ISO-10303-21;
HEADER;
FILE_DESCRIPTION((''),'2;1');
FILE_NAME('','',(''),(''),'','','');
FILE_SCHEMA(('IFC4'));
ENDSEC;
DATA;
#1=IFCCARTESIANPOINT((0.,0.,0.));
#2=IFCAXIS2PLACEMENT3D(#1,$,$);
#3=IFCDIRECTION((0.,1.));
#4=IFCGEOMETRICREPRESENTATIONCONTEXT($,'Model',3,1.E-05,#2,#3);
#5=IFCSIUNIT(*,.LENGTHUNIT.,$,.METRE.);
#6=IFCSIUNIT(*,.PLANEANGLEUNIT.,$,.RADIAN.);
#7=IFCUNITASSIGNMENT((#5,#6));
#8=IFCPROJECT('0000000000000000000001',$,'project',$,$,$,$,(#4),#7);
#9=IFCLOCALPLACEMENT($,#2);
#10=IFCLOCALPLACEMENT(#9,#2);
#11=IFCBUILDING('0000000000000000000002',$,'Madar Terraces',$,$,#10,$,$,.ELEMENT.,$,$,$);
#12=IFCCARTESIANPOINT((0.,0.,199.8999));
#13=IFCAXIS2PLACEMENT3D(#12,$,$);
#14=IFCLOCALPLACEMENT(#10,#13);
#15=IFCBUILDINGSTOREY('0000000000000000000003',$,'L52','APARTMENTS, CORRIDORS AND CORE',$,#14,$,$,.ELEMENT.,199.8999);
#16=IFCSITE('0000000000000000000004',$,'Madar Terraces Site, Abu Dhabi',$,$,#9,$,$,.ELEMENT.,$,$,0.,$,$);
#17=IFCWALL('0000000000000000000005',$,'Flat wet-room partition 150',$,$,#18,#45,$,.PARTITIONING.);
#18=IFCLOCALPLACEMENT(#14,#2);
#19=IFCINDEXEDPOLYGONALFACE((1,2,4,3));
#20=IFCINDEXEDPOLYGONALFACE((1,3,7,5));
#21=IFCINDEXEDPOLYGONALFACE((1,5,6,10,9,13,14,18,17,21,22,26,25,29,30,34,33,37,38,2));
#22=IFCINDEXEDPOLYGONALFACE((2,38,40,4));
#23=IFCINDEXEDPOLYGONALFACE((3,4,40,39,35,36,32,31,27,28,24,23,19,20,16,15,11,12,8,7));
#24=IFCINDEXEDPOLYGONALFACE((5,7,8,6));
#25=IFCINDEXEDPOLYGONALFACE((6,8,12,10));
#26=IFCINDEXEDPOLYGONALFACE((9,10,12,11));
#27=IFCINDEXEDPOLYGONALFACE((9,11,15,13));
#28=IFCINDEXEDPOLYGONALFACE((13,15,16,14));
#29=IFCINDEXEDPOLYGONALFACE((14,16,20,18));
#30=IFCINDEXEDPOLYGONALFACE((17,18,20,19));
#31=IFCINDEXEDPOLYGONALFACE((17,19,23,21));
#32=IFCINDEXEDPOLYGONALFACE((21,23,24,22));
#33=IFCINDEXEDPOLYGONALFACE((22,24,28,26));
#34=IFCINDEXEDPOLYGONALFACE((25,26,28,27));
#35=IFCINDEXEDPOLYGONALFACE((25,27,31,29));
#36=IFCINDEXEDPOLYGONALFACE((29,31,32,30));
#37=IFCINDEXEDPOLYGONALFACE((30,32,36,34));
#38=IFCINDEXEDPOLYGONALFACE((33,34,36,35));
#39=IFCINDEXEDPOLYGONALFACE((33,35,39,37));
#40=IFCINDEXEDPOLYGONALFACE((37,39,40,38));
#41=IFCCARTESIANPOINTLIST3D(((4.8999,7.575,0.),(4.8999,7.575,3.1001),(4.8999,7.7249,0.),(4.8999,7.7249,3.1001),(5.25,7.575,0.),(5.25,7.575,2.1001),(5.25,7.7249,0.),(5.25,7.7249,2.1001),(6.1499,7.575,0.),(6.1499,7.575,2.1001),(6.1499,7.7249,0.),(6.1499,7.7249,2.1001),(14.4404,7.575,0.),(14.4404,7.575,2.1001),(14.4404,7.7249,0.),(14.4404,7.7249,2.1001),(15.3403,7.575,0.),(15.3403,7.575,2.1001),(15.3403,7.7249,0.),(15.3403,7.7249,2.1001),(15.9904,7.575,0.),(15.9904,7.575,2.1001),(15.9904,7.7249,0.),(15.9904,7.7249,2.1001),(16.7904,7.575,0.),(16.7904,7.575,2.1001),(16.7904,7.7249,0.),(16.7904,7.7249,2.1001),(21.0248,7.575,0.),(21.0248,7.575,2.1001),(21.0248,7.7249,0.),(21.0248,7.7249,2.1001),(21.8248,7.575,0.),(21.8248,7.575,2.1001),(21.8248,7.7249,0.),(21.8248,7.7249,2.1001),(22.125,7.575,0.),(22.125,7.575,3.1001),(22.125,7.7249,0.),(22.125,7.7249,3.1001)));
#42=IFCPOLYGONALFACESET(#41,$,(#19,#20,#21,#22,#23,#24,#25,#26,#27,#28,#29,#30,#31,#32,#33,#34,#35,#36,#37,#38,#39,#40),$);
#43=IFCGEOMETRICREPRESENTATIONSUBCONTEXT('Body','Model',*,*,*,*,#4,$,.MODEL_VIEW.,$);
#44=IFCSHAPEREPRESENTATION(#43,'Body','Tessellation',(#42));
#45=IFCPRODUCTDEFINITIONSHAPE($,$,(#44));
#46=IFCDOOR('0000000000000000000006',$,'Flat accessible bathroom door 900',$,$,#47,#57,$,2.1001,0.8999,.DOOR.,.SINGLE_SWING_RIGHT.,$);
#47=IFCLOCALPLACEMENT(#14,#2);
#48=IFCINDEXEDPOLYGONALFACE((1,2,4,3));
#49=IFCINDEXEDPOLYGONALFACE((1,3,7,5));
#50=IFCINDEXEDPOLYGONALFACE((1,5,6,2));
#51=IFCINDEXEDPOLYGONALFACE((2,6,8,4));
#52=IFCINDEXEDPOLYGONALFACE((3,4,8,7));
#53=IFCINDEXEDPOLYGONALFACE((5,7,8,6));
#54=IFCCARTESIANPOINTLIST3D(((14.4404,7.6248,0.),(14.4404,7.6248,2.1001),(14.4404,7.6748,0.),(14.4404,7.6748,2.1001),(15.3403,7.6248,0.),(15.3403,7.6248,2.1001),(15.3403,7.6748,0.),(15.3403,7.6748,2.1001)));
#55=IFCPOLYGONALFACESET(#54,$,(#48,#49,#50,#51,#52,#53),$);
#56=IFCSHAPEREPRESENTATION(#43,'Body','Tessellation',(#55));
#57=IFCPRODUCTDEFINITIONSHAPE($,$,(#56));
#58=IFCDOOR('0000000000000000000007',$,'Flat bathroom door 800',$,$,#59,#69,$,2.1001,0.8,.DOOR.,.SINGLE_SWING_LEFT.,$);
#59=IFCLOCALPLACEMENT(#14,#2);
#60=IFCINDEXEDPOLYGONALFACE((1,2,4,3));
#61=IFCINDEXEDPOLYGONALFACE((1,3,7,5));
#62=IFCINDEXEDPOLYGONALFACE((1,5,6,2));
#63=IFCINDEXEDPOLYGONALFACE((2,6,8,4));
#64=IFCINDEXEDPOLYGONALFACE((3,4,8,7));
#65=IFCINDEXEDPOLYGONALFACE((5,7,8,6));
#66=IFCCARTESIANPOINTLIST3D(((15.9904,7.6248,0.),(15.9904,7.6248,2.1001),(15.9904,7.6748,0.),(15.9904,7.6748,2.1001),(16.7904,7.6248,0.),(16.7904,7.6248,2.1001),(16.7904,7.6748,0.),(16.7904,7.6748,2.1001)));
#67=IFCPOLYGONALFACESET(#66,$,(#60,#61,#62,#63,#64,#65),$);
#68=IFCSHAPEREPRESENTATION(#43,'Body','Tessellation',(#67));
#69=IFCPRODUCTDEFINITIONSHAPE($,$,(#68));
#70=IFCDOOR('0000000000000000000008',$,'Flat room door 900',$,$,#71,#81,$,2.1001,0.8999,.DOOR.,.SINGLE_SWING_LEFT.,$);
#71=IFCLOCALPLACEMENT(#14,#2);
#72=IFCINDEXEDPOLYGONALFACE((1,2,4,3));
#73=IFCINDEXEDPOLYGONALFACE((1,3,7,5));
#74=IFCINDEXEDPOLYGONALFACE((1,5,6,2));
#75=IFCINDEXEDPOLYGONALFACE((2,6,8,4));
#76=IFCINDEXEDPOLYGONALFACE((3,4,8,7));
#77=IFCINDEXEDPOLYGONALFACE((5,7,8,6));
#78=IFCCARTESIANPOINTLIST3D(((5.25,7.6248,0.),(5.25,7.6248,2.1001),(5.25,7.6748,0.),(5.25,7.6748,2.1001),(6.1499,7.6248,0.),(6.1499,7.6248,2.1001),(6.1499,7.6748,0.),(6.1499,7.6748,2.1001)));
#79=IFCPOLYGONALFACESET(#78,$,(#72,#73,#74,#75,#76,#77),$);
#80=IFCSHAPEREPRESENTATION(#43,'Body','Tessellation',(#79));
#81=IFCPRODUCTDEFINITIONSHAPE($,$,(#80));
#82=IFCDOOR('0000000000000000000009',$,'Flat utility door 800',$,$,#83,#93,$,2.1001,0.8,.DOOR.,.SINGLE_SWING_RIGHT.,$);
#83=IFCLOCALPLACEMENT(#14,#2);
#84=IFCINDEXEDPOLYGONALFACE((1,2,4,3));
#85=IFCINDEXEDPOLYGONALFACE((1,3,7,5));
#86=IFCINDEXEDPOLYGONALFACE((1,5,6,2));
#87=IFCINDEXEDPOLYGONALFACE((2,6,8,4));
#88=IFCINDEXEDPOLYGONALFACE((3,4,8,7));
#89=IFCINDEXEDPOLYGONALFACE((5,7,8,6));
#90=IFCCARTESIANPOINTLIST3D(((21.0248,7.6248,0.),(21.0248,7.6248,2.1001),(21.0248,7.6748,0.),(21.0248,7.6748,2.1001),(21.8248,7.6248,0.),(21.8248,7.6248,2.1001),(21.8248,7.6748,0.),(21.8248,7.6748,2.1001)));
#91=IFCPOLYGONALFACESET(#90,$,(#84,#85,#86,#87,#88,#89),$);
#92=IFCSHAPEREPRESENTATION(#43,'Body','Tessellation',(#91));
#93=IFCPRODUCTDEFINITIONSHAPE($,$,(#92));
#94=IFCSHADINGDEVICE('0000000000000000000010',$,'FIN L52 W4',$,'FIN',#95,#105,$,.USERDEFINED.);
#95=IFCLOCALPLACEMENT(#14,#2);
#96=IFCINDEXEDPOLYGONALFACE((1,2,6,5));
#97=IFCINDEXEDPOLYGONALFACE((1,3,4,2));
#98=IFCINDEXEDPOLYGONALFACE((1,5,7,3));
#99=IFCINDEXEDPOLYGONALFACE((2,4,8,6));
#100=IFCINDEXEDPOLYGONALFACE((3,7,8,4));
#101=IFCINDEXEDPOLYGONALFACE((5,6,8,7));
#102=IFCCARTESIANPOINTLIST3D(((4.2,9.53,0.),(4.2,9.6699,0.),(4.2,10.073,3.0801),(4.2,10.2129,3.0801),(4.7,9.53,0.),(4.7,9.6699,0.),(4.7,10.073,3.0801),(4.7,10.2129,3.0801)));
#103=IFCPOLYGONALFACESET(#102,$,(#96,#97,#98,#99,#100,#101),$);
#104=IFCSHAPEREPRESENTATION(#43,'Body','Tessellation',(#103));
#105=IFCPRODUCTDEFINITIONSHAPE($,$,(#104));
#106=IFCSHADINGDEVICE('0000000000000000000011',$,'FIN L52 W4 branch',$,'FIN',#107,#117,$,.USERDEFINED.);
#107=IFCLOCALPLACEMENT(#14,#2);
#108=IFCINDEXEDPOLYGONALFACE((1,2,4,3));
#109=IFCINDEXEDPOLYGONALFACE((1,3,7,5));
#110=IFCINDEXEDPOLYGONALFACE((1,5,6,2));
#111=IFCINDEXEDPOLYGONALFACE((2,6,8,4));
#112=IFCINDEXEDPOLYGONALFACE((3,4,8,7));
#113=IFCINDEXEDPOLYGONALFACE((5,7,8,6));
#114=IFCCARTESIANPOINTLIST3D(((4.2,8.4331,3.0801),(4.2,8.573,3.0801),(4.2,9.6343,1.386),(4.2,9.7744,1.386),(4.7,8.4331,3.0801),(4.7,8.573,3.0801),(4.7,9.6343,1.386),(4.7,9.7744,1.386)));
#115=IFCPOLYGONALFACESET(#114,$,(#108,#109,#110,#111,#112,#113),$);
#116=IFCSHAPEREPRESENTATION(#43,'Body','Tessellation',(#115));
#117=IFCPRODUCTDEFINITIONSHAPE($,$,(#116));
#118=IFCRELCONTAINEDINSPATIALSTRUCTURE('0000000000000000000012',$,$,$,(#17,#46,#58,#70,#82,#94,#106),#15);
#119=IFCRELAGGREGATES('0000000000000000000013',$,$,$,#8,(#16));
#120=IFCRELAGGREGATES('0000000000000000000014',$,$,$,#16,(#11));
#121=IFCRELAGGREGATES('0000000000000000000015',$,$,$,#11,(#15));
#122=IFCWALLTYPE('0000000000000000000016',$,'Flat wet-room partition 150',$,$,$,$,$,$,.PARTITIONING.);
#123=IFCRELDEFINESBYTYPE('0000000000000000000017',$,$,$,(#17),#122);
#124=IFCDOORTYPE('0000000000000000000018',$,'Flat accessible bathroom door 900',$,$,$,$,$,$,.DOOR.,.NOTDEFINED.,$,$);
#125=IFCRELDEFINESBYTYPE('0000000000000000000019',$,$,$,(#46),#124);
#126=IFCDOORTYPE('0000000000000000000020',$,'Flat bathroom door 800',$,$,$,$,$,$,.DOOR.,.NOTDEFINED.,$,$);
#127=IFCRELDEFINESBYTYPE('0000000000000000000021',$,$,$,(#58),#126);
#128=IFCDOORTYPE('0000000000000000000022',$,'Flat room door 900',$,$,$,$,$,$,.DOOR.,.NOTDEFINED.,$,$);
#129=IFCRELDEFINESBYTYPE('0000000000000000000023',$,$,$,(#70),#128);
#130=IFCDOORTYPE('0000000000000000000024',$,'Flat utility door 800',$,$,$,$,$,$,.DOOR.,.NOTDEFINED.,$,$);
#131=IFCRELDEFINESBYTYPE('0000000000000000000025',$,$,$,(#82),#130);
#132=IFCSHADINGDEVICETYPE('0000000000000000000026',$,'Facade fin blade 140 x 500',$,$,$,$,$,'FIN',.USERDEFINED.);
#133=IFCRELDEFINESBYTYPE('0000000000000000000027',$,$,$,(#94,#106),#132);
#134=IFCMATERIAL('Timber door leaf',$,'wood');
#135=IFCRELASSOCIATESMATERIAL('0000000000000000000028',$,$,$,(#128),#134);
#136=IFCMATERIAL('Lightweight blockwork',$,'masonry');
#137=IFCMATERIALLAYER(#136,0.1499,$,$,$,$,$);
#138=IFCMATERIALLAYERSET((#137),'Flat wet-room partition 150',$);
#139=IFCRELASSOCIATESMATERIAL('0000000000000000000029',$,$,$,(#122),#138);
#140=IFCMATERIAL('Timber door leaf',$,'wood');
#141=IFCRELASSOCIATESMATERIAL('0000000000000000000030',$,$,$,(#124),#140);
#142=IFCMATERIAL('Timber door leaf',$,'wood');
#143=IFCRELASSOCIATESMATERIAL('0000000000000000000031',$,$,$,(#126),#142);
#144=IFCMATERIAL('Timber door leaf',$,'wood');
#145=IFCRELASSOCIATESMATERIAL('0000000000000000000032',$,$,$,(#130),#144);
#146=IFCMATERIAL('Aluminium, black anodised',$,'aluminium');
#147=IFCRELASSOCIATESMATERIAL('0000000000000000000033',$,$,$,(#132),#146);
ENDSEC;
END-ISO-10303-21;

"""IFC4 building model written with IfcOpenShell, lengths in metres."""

from ifc_helpers import new_model, si_unit, direction, frame, frame_2d, origin, place, context, subcontext, project, spatial, polyline, rectangle, outline, extrude, material, layer, layer_set, type_object, element, fill, save


model = new_model("IFC4")

# Units and contexts
model_context = context("Model", 3, precision=1e-05, world=origin(), true_north=direction((0.0, 1.0)))
body_context = subcontext(model_context, "Body", "Model", "MODEL_VIEW")
ifc_project = project(units=[si_unit("LENGTHUNIT", "METRE"), si_unit("PLANEANGLEUNIT", "RADIAN")], contexts=[model_context])

# Site, building, storey
site_placement = place(None, origin())
site = spatial("IfcSite", under=ifc_project, at=site_placement, Name="Madar Terraces Site, Abu Dhabi", CompositionType="ELEMENT", RefElevation=0.0)
building_placement = place(site_placement, origin())
building = spatial("IfcBuilding", under=site, at=building_placement, Name="Madar Terraces", CompositionType="ELEMENT")
storey_placement = place(building_placement, frame((0.0, 0.0, 199.8999)))
storey = spatial("IfcBuildingStorey", under=building, at=storey_placement, Name="L52", Description="APARTMENTS, CORRIDORS AND CORE", CompositionType="ELEMENT", Elevation=199.8999)

# Shared definitions
ifc_material_1 = material(Name="Timber door leaf", Category="wood")
door_type_1 = type_object("IfcDoorType", Name="Flat room door 900", OperationType="NOTDEFINED", PredefinedType="DOOR", material=ifc_material_1)

# Shared definitions
ifc_material_2 = material(Name="Lightweight blockwork", Category="masonry")
ifc_layer_1 = layer(ifc_material_2, 0.1499)
ifc_layer_set_1 = layer_set([ifc_layer_1], Name="Flat wet-room partition 150")
wall_type_1 = type_object("IfcWallType", Name="Flat wet-room partition 150", PredefinedType="PARTITIONING", material=ifc_layer_set_1)

# Wall, openings, doors
wall_1_placement = place(storey_placement, frame((4.8999, 7.6499, 0.0), z_axis=(0.0, 0.0, 1.0), x_axis=(1.0, 0.0, 0.0)))
wall_1 = element("IfcWall", 1, at=wall_1_placement, inside=storey, type_object=wall_type_1, Name="Flat wet-room partition 150", PredefinedType="PARTITIONING", context=body_context, shape_type="SweptSolid", body=[
    extrude(rectangle(XDim=17.2251, YDim=0.1499, at=frame_2d((8.6125, 0.0))), origin(), (0.0, 0.0, 1.0), 3.1001),
])
opening_1_placement = place(wall_1_placement, frame((16.125, 0.0, 0.0)))
opening_1 = element("IfcOpeningElement", 2, at=opening_1_placement, cuts=wall_1, PredefinedType="OPENING", context=body_context, shape_type="SweptSolid", body=[
    extrude(rectangle(XDim=0.8, YDim=2.1001, at=frame_2d((0.3999, 1.05))), frame((0.0, 0.085, 0.0), z_axis=(0.0, -1.0, 0.0), x_axis=(1.0, 0.0, 0.0)), (0.0, 0.0, 1.0), 0.1699),
])
opening_2_placement = place(wall_1_placement, frame((11.0906, 0.0, 0.0)))
opening_2 = element("IfcOpeningElement", 3, at=opening_2_placement, cuts=wall_1, PredefinedType="OPENING", context=body_context, shape_type="SweptSolid", body=[
    extrude(rectangle(XDim=0.8, YDim=2.1001, at=frame_2d((0.3999, 1.05))), frame((0.0, 0.085, 0.0), z_axis=(0.0, -1.0, 0.0), x_axis=(1.0, 0.0, 0.0)), (0.0, 0.0, 1.0), 0.1699),
])
opening_3_placement = place(wall_1_placement, frame((9.5405, 0.0, 0.0)))
opening_3 = element("IfcOpeningElement", 4, at=opening_3_placement, cuts=wall_1, PredefinedType="OPENING", context=body_context, shape_type="SweptSolid", body=[
    extrude(rectangle(XDim=0.8999, YDim=2.1001, at=frame_2d((0.45, 1.05))), frame((0.0, 0.085, 0.0), z_axis=(0.0, -1.0, 0.0), x_axis=(1.0, 0.0, 0.0)), (0.0, 0.0, 1.0), 0.1699),
])
opening_4_placement = place(wall_1_placement, frame((0.3501, 0.0, 0.0)))
opening_4 = element("IfcOpeningElement", 5, at=opening_4_placement, cuts=wall_1, PredefinedType="OPENING", context=body_context, shape_type="SweptSolid", body=[
    extrude(rectangle(XDim=0.8999, YDim=2.1001, at=frame_2d((0.45, 1.05))), frame((0.0, 0.085, 0.0), z_axis=(0.0, -1.0, 0.0), x_axis=(1.0, 0.0, 0.0)), (0.0, 0.0, 1.0), 0.1699),
])
ifc_material_3 = material(Name="Timber door leaf", Category="wood")
door_type_2 = type_object("IfcDoorType", Name="Flat accessible bathroom door 900", OperationType="NOTDEFINED", PredefinedType="DOOR", material=ifc_material_3)
door_1_placement = place(opening_3_placement, origin())
door_1 = element("IfcDoor", 6, at=door_1_placement, inside=storey, type_object=door_type_2, Name="Flat accessible bathroom door 900", OperationType="SINGLE_SWING_RIGHT", OverallHeight=2.1001, OverallWidth=0.8999, PredefinedType="DOOR", context=body_context, shape_type="SweptSolid", body=[
    extrude(rectangle(XDim=0.8999, YDim=2.1001, at=frame_2d((0.45, 1.05))), frame((0.0, 0.0249, 0.0), z_axis=(0.0, -1.0, 0.0), x_axis=(1.0, 0.0, 0.0)), (0.0, 0.0, 1.0), 0.05),
])
fill(opening_3, door_1)
ifc_material_4 = material(Name="Timber door leaf", Category="wood")
door_type_3 = type_object("IfcDoorType", Name="Flat bathroom door 800", OperationType="NOTDEFINED", PredefinedType="DOOR", material=ifc_material_4)
door_2_placement = place(opening_2_placement, origin())
door_2 = element("IfcDoor", 7, at=door_2_placement, inside=storey, type_object=door_type_3, Name="Flat bathroom door 800", OperationType="SINGLE_SWING_LEFT", OverallHeight=2.1001, OverallWidth=0.8, PredefinedType="DOOR", context=body_context, shape_type="SweptSolid", body=[
    extrude(rectangle(XDim=0.8, YDim=2.1001, at=frame_2d((0.3999, 1.05))), frame((0.0, 0.0249, 0.0), z_axis=(0.0, -1.0, 0.0), x_axis=(1.0, 0.0, 0.0)), (0.0, 0.0, 1.0), 0.05),
])
fill(opening_2, door_2)
door_3_placement = place(opening_4_placement, origin())
door_3 = element("IfcDoor", 8, at=door_3_placement, inside=storey, type_object=door_type_1, Name="Flat room door 900", OperationType="SINGLE_SWING_LEFT", OverallHeight=2.1001, OverallWidth=0.8999, PredefinedType="DOOR", context=body_context, shape_type="SweptSolid", body=[
    extrude(rectangle(XDim=0.8999, YDim=2.1001, at=frame_2d((0.45, 1.05))), frame((0.0, 0.0249, 0.0), z_axis=(0.0, -1.0, 0.0), x_axis=(1.0, 0.0, 0.0)), (0.0, 0.0, 1.0), 0.05),
])
fill(opening_4, door_3)
ifc_material_5 = material(Name="Timber door leaf", Category="wood")
door_type_4 = type_object("IfcDoorType", Name="Flat utility door 800", OperationType="NOTDEFINED", PredefinedType="DOOR", material=ifc_material_5)
door_4_placement = place(opening_1_placement, origin())
door_4 = element("IfcDoor", 9, at=door_4_placement, inside=storey, type_object=door_type_4, Name="Flat utility door 800", OperationType="SINGLE_SWING_RIGHT", OverallHeight=2.1001, OverallWidth=0.8, PredefinedType="DOOR", context=body_context, shape_type="SweptSolid", body=[
    extrude(rectangle(XDim=0.8, YDim=2.1001, at=frame_2d((0.3999, 1.05))), frame((0.0, 0.0249, 0.0), z_axis=(0.0, -1.0, 0.0), x_axis=(1.0, 0.0, 0.0)), (0.0, 0.0, 1.0), 0.05),
])
fill(opening_1, door_4)

# Shading devices
ifc_material_6 = material(Name="Aluminium, black anodised", Category="aluminium")
shading_device_type = type_object("IfcShadingDeviceType", Name="Facade fin blade 140 x 500", ElementType="FIN", PredefinedType="USERDEFINED", material=ifc_material_6)
shading_device_1_placement = place(storey_placement, frame((4.45, 9.6699, 0.0), z_axis=(0.0, 0.0, 1.0), x_axis=(0.0, -1.0, 0.0)))
element("IfcShadingDevice", 10, at=shading_device_1_placement, inside=storey, type_object=shading_device_type, Name="FIN L52 W4", ObjectType="FIN", PredefinedType="USERDEFINED", context=body_context, shape_type="SweptSolid", body=[
    extrude(outline(polyline([(0.0, 0.0), (0.1399, 0.0), (-0.4031, 3.0801), (-0.543, 3.0801), (0.0, 0.0)])), frame((0.0, 0.25, 0.0), z_axis=(0.0, -1.0, 0.0), x_axis=(1.0, 0.0, 0.0)), (0.0, 0.0, 1.0), 0.5),
])
shading_device_2_placement = place(storey_placement, frame((4.45, 9.7744, 1.386), z_axis=(0.0, 0.0, 1.0), x_axis=(0.0, -1.0, 0.0)))
element("IfcShadingDevice", 11, at=shading_device_2_placement, inside=storey, type_object=shading_device_type, Name="FIN L52 W4 branch", ObjectType="FIN", PredefinedType="USERDEFINED", context=body_context, shape_type="SweptSolid", body=[
    extrude(outline(polyline([(0.0, 0.0), (0.1401, 0.0), (1.3413, 1.6941), (1.2014, 1.6941), (0.0, 0.0)])), frame((0.0, 0.25, 0.0), z_axis=(0.0, -1.0, 0.0), x_axis=(1.0, 0.0, 0.0)), (0.0, 0.0, 1.0), 0.5),
])

save(model, "model.ifc")
